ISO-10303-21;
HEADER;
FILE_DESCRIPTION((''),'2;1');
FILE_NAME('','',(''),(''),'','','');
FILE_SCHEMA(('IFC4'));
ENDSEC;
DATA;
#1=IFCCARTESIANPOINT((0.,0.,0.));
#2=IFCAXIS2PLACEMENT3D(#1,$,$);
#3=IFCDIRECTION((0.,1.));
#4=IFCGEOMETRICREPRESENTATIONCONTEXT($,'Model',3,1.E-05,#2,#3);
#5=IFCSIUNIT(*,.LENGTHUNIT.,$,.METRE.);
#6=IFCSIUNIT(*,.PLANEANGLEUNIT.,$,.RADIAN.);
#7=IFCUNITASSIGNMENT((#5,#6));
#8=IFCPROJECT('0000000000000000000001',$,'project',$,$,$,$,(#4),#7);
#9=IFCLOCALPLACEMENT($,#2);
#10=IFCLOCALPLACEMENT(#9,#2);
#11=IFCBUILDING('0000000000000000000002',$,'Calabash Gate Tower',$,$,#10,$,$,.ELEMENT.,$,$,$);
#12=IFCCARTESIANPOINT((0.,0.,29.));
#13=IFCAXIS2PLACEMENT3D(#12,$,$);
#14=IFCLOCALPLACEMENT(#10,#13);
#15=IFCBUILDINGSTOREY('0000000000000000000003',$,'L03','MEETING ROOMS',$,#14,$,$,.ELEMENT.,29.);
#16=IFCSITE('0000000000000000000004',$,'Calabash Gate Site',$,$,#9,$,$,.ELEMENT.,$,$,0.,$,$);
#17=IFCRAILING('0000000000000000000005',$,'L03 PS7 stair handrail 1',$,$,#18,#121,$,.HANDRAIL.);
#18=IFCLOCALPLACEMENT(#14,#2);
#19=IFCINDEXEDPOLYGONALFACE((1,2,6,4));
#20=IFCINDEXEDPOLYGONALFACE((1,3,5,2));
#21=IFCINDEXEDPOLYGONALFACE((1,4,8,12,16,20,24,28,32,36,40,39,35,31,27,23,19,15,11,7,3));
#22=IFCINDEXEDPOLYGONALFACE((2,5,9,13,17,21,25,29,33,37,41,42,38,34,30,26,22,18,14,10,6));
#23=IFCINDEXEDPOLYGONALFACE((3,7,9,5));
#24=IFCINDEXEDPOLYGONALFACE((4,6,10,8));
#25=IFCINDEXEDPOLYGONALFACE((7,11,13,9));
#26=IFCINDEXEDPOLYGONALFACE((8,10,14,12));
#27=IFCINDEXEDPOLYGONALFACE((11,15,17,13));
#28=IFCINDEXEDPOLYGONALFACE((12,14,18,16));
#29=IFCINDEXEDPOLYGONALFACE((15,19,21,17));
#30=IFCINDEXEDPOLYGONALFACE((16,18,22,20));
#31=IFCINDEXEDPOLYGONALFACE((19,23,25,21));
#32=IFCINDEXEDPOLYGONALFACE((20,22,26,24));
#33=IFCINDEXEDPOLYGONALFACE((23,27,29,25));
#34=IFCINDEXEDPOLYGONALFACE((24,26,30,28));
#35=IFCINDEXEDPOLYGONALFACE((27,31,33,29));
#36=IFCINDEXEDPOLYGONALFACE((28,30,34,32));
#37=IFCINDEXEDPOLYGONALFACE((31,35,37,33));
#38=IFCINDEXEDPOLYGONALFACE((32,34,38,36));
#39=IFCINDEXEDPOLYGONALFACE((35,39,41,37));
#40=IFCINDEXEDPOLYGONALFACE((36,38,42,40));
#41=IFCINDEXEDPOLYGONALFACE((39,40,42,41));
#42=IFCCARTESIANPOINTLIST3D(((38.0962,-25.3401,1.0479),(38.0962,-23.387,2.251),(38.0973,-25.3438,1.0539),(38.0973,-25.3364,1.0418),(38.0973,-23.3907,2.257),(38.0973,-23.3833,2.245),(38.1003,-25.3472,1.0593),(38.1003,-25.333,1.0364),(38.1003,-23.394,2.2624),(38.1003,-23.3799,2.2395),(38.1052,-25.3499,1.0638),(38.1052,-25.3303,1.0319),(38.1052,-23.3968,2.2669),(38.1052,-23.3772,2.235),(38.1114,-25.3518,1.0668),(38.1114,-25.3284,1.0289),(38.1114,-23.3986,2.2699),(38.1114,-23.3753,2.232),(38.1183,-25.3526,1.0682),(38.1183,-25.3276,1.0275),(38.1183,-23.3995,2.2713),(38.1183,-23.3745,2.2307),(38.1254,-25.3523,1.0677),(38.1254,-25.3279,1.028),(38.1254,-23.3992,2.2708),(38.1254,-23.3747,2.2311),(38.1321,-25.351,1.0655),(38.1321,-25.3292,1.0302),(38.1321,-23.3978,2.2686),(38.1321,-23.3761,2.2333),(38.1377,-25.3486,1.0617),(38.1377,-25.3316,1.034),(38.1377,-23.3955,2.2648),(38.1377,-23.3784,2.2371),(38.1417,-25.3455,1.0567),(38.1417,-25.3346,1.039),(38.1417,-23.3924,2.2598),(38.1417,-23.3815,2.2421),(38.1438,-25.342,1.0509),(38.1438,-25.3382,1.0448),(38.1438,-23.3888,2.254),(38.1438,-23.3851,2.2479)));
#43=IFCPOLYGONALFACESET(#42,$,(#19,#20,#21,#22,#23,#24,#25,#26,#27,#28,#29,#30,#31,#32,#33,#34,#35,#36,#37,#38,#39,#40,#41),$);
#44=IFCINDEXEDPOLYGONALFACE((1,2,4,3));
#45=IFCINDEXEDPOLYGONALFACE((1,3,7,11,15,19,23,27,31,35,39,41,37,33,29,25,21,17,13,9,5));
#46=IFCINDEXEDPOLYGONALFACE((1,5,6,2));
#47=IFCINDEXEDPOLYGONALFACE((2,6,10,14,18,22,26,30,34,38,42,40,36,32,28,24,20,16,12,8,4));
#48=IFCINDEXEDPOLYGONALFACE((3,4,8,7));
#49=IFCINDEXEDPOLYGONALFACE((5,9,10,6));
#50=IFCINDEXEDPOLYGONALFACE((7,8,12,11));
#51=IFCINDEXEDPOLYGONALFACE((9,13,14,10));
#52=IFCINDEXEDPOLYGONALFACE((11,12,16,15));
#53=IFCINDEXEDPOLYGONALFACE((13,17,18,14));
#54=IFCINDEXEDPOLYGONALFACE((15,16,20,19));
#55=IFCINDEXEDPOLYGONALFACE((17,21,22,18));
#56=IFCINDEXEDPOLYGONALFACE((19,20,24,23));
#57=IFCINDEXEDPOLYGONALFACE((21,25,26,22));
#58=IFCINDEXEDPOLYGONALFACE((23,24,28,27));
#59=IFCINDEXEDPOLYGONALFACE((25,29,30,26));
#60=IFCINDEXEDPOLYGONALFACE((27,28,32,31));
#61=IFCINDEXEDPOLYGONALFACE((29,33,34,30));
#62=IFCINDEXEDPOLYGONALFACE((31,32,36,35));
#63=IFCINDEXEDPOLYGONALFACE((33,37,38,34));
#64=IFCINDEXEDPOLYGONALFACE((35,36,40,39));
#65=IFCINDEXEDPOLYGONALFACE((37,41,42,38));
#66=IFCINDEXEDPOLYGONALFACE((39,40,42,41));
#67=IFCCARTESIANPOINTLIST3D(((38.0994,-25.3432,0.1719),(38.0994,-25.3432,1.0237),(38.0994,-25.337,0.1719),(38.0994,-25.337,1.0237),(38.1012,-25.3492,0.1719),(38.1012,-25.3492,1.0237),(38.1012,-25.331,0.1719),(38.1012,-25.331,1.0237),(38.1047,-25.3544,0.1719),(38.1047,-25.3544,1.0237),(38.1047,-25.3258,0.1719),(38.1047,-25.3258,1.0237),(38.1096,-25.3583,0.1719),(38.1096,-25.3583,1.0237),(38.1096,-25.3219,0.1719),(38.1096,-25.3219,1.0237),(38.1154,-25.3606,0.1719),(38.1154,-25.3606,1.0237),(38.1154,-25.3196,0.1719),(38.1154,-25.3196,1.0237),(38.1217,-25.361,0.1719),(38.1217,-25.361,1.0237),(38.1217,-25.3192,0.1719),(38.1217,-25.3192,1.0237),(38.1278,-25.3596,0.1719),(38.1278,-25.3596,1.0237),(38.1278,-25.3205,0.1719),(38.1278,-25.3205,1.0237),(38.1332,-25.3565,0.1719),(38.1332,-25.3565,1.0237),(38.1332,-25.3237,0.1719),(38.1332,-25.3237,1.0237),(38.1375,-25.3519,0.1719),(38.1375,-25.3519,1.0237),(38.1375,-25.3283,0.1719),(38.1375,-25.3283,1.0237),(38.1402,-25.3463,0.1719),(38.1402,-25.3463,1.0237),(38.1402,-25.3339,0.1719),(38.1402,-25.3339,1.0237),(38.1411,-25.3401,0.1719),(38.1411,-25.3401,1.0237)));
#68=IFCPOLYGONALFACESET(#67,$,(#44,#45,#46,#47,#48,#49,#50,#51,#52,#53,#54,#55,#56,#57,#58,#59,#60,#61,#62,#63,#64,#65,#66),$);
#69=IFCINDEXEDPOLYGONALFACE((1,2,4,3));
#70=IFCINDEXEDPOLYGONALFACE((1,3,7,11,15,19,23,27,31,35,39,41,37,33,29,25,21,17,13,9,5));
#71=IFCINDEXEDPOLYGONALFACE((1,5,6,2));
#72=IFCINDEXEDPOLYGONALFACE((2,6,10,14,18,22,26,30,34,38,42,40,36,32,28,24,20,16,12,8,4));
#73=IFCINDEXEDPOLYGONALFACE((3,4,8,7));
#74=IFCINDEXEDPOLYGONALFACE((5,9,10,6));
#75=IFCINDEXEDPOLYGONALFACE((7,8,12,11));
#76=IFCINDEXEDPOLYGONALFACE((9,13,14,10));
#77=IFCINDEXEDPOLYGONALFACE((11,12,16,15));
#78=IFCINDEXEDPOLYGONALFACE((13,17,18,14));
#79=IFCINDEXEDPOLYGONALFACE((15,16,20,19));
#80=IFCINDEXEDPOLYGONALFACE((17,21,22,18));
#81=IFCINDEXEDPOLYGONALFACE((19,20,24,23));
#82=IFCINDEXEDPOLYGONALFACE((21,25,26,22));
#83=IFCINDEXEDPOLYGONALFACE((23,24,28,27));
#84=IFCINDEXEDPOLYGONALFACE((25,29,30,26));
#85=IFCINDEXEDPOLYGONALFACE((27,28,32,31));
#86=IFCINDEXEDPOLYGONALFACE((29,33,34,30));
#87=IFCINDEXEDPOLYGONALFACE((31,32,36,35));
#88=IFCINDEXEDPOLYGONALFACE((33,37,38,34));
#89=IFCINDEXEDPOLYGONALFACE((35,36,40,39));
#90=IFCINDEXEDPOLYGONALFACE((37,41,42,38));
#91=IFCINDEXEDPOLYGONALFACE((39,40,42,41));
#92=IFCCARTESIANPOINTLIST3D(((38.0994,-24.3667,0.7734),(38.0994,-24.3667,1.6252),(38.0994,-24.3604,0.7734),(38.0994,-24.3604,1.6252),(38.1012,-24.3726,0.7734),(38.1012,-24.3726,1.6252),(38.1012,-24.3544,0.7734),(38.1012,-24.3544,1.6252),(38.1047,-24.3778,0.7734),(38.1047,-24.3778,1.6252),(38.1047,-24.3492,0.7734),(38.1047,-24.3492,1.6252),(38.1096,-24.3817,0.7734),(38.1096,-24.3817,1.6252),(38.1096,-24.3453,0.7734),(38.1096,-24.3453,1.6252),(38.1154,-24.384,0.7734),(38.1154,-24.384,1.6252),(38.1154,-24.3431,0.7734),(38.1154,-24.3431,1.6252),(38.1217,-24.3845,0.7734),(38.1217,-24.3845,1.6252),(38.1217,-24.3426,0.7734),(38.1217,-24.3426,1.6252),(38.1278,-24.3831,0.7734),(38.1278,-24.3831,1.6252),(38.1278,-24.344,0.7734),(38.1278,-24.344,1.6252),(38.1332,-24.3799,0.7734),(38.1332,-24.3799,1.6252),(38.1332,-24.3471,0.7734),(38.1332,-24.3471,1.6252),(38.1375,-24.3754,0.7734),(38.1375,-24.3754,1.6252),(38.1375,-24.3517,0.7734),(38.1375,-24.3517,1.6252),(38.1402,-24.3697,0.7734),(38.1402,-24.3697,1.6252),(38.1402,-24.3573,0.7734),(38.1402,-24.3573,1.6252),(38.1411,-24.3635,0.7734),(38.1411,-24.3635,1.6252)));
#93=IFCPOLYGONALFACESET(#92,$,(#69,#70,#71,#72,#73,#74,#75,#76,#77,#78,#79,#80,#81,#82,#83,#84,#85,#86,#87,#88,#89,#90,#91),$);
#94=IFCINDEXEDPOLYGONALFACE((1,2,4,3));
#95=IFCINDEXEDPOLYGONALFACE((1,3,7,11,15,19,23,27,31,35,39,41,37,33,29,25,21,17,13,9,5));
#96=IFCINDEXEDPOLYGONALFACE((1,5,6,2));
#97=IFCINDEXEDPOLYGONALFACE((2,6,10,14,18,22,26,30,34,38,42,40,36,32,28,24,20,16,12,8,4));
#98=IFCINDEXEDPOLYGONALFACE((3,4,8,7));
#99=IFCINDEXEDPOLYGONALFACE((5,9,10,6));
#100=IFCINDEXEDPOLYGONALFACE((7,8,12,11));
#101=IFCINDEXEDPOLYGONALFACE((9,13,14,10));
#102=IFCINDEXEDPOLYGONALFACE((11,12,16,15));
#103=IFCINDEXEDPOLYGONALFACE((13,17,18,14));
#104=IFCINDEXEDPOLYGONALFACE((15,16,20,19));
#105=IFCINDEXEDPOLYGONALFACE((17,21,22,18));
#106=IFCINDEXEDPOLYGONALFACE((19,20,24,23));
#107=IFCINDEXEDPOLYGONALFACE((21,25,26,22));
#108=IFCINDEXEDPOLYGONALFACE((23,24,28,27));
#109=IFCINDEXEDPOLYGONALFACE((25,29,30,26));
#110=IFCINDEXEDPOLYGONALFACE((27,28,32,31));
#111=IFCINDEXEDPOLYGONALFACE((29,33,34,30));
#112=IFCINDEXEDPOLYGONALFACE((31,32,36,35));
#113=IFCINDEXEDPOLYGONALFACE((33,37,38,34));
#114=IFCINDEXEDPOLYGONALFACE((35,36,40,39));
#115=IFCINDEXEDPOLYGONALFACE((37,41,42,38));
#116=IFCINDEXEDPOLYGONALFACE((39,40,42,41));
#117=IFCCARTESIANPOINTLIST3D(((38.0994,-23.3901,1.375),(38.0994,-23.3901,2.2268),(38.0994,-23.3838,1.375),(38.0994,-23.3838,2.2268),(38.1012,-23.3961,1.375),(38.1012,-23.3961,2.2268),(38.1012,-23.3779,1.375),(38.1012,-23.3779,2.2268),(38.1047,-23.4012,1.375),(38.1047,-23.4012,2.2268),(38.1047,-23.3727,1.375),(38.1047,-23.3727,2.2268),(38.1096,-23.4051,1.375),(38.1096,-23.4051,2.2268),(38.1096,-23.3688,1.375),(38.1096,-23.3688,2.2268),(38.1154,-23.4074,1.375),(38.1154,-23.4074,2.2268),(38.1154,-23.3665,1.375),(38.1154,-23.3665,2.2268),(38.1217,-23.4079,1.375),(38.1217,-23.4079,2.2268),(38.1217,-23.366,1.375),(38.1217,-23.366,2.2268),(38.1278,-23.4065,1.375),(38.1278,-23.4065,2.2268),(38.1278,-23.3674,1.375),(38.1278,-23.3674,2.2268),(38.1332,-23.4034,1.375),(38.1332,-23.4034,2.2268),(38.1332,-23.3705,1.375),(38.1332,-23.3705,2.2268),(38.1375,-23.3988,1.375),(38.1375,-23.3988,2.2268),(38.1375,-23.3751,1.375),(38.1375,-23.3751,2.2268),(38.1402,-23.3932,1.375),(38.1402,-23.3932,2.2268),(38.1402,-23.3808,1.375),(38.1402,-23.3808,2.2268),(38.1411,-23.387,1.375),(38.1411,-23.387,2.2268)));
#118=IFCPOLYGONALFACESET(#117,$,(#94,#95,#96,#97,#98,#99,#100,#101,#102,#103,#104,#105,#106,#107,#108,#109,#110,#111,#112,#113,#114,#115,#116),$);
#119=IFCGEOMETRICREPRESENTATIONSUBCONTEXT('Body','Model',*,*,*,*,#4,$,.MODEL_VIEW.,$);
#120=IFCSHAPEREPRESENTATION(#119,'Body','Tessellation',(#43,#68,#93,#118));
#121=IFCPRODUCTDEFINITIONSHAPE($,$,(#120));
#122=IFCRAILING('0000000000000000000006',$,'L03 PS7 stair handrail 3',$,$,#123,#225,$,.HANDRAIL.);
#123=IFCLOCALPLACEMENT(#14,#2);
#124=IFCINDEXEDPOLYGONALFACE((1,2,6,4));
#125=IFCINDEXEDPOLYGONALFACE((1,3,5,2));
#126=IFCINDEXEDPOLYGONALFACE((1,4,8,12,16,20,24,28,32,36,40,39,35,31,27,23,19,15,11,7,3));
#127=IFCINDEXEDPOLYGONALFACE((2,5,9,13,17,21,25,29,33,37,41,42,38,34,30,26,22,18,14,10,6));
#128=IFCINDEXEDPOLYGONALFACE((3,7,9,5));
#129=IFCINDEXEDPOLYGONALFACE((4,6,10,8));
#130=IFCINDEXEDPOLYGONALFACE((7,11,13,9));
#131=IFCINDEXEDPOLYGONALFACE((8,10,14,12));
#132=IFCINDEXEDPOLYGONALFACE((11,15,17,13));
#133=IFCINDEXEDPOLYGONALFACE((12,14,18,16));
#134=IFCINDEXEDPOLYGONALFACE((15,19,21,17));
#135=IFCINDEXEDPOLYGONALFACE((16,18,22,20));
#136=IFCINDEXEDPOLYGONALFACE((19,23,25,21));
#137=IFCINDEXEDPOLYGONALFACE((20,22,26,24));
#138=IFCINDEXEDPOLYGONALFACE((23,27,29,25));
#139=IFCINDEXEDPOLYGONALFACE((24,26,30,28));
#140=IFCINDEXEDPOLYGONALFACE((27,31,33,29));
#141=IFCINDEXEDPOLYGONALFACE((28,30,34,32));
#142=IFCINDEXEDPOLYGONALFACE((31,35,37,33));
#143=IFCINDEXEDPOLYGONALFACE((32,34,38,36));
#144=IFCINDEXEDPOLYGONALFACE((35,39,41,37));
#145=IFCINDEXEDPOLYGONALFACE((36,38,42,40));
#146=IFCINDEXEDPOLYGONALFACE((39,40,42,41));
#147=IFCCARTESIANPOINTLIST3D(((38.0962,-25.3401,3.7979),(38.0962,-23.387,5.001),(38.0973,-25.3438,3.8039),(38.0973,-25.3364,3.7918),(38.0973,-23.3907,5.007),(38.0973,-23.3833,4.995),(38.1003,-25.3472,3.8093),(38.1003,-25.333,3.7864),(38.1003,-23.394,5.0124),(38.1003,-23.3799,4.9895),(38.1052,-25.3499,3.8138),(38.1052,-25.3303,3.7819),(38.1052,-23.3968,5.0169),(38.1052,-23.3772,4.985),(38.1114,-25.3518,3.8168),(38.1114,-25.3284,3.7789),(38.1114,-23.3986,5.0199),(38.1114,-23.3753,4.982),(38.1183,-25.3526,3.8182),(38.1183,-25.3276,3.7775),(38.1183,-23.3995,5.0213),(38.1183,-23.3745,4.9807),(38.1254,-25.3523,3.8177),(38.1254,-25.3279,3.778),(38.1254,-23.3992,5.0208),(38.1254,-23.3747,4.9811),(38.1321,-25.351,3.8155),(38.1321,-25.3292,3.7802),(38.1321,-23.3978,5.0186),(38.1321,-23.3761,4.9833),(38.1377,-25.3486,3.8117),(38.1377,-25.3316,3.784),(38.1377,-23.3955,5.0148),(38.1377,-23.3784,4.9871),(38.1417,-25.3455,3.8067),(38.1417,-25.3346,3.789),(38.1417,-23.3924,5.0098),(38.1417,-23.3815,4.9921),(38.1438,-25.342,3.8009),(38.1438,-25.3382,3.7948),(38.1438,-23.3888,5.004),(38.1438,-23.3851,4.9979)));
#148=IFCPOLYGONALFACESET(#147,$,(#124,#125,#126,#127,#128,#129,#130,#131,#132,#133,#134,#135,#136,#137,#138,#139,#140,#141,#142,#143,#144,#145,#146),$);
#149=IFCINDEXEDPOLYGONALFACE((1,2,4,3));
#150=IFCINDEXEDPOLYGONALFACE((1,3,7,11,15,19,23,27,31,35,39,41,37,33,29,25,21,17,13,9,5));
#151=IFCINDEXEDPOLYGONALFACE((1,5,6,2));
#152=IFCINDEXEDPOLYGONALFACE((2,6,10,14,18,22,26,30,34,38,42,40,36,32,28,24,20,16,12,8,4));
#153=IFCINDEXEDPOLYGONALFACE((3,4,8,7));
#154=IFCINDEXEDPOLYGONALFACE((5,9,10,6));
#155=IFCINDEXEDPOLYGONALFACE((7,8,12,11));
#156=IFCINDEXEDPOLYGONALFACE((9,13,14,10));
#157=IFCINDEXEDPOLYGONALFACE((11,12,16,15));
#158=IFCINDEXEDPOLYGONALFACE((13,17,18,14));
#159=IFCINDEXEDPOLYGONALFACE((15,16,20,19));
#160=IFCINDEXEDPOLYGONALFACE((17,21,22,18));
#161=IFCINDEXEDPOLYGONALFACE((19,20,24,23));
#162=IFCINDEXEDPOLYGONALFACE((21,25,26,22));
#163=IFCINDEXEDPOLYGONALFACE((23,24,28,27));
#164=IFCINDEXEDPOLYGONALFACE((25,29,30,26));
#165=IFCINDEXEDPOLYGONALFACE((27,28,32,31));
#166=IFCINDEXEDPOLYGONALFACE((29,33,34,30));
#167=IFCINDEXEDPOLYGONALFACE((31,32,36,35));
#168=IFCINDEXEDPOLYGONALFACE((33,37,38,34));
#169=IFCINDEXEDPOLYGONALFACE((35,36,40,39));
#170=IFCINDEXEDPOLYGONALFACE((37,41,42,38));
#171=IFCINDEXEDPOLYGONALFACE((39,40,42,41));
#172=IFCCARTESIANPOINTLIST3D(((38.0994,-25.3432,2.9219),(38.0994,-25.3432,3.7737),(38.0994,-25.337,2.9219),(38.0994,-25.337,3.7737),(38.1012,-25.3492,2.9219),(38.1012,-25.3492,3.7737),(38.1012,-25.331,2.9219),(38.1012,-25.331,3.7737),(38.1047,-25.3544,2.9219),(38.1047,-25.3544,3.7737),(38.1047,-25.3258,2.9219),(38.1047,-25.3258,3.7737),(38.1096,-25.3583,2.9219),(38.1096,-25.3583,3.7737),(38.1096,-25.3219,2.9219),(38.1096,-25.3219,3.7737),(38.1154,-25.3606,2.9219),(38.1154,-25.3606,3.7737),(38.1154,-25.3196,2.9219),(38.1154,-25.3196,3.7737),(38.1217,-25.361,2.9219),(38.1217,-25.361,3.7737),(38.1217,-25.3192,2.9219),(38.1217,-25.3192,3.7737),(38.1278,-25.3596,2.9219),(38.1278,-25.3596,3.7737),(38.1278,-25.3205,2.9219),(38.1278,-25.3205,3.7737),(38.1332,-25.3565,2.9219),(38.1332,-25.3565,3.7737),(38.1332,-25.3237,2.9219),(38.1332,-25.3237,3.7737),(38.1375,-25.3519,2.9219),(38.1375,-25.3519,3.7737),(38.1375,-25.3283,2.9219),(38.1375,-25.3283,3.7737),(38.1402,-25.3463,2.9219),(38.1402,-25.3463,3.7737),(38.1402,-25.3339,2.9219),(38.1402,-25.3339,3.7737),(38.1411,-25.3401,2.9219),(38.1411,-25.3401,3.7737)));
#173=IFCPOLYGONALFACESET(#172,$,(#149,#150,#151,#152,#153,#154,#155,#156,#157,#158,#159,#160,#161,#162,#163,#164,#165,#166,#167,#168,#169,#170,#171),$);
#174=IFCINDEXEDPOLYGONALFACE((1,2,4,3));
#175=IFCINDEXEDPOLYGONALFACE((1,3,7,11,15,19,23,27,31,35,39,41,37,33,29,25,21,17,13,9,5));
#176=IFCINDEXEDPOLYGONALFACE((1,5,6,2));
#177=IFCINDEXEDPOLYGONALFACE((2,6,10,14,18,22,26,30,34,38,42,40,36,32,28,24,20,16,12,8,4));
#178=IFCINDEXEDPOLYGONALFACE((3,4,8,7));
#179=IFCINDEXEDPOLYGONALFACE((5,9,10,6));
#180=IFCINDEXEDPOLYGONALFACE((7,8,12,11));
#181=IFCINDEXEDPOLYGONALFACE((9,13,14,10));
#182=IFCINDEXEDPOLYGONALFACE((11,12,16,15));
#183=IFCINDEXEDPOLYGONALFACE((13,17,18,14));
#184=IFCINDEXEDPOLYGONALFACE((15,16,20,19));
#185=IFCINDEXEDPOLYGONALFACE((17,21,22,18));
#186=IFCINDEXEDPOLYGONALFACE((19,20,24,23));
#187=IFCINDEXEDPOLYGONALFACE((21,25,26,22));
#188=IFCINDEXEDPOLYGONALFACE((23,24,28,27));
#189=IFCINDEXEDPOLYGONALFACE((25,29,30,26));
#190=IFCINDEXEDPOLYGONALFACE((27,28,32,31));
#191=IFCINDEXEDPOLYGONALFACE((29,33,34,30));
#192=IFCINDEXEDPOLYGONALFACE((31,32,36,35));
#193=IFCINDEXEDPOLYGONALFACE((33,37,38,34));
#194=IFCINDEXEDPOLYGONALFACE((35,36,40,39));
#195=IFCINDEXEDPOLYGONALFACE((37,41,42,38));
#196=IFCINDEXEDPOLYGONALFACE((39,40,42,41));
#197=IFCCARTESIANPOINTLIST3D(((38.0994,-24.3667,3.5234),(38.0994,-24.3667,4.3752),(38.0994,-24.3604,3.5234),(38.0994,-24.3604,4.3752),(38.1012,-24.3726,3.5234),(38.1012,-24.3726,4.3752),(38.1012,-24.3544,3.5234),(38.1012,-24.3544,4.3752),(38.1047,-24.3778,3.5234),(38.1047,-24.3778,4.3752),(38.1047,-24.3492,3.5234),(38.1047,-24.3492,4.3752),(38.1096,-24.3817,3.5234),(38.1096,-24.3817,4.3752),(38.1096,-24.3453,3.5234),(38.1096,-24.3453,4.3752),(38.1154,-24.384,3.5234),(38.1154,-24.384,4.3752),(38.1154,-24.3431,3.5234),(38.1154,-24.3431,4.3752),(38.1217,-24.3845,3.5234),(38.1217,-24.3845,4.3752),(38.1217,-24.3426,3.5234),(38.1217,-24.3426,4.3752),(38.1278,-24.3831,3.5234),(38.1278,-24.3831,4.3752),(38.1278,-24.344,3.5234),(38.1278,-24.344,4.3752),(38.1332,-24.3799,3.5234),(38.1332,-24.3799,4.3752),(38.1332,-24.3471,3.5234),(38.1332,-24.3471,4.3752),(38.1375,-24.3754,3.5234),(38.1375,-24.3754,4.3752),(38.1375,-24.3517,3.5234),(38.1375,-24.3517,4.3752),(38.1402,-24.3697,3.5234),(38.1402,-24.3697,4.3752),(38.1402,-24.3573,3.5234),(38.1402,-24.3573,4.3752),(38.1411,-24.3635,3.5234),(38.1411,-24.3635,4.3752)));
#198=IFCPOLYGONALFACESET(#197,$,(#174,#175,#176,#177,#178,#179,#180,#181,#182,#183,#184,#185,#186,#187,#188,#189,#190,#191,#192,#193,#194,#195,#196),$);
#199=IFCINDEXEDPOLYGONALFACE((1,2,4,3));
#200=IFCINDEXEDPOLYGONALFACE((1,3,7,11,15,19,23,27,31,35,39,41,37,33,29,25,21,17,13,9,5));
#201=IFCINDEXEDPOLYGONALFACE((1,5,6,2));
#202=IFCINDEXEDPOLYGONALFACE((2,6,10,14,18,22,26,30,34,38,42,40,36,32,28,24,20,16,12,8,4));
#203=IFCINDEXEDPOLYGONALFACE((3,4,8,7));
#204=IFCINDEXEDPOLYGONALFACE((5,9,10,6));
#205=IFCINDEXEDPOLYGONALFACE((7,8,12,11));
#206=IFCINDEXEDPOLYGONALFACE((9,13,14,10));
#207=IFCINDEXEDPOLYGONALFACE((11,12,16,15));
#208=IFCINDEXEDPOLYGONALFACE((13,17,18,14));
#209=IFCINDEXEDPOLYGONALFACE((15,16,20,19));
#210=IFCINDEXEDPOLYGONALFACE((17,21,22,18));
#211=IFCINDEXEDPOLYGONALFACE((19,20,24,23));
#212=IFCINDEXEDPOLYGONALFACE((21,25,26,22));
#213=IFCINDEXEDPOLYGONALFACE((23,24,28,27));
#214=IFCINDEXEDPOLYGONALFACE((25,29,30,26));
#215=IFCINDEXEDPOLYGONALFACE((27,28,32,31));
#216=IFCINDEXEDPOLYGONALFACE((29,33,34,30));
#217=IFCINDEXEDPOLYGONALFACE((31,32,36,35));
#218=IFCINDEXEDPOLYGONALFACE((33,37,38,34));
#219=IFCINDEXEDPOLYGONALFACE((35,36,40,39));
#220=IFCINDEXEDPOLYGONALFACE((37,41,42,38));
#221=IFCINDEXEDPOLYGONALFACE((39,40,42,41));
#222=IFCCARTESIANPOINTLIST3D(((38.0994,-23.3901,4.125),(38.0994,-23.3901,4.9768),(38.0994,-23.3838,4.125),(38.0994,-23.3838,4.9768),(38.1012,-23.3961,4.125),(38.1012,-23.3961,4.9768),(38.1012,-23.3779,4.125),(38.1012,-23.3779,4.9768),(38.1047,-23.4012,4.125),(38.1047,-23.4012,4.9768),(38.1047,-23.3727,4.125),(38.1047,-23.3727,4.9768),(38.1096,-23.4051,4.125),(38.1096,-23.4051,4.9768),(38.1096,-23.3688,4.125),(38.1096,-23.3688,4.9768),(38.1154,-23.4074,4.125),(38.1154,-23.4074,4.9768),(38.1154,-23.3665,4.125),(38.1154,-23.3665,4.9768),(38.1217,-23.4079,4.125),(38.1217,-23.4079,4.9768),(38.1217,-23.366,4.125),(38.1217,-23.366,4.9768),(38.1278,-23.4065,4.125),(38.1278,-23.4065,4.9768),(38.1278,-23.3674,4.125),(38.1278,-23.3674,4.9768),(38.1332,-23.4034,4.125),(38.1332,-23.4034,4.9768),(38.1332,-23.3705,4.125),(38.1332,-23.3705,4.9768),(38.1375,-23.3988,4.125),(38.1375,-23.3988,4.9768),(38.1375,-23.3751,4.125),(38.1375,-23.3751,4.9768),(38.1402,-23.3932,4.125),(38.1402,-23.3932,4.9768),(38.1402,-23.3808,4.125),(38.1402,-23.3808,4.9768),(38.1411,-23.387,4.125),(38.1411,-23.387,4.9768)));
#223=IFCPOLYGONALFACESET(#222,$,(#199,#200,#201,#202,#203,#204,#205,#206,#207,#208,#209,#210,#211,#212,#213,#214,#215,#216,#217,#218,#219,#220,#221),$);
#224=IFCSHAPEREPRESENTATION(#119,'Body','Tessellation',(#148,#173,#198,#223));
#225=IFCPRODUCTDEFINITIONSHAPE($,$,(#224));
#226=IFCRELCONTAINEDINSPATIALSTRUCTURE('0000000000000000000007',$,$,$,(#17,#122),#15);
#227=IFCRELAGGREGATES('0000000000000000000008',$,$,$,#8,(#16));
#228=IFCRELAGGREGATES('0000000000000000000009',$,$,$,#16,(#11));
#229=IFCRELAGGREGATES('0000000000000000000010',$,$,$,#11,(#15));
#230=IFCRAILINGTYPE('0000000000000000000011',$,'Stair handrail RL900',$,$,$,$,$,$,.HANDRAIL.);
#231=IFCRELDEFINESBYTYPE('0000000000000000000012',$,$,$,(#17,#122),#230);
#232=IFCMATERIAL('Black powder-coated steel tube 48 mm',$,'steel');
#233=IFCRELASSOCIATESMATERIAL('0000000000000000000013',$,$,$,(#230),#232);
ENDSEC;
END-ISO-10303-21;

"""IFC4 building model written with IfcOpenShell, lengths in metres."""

from ifc_helpers import new_model, si_unit, direction, frame, origin, origin_2d, place, context, subcontext, project, spatial, circle, extrude, material, type_object, element, save


model = new_model("IFC4")

# Units and contexts
model_context = context("Model", 3, precision=1e-05, world=origin(), true_north=direction((0.0, 1.0)))
body_context = subcontext(model_context, "Body", "Model", "MODEL_VIEW")
ifc_project = project(units=[si_unit("LENGTHUNIT", "METRE"), si_unit("PLANEANGLEUNIT", "RADIAN")], contexts=[model_context])

# Site, building, storey
site_placement = place(None, origin())
site = spatial("IfcSite", under=ifc_project, at=site_placement, Name="Calabash Gate Site", CompositionType="ELEMENT", RefElevation=0.0)
building_placement = place(site_placement, origin())
building = spatial("IfcBuilding", under=site, at=building_placement, Name="Calabash Gate Tower", CompositionType="ELEMENT")
storey_placement = place(building_placement, frame((0.0, 0.0, 29.0)))
storey = spatial("IfcBuildingStorey", under=building, at=storey_placement, Name="L03", Description="MEETING ROOMS", CompositionType="ELEMENT", Elevation=29.0)

# Railings
ifc_material_1 = material(Name="Black powder-coated steel tube 48 mm", Category="steel")
railing_type_1 = type_object("IfcRailingType", Name="Stair handrail RL900", PredefinedType="HANDRAIL", material=ifc_material_1)
for number, where, name in (
    (1, (38.1201, -25.3401, 0.1719), "L03 PS7 stair handrail 1"),
    (2, (38.1201, -25.3401, 2.9219), "L03 PS7 stair handrail 3"),
):
    element("IfcRailing", number, at=place(storey_placement, frame(where)), inside=storey, type_object=railing_type_1, Name=name, PredefinedType="HANDRAIL", context=body_context, shape_type="SweptSolid", body=[
        extrude(circle(Radius=0.0239, at=origin_2d()), frame((0.0, 0.0, 0.876), z_axis=(0.0, 0.851424, 0.524477), x_axis=(-1.0, 0.0, 0.0)), (0.0, 0.0, 1.0), 2.2939),
        extrude(circle(Radius=0.021, at=origin_2d()), origin(), (0.0, 0.0, 1.0), 0.8518),
        extrude(circle(Radius=0.021, at=origin_2d()), frame((0.0, 0.9766, 0.6016)), (0.0, 0.0, 1.0), 0.8518),
        extrude(circle(Radius=0.021, at=origin_2d()), frame((0.0, 1.9531, 1.2031)), (0.0, 0.0, 1.0), 0.8518),
    ])

save(model, "model.ifc")
